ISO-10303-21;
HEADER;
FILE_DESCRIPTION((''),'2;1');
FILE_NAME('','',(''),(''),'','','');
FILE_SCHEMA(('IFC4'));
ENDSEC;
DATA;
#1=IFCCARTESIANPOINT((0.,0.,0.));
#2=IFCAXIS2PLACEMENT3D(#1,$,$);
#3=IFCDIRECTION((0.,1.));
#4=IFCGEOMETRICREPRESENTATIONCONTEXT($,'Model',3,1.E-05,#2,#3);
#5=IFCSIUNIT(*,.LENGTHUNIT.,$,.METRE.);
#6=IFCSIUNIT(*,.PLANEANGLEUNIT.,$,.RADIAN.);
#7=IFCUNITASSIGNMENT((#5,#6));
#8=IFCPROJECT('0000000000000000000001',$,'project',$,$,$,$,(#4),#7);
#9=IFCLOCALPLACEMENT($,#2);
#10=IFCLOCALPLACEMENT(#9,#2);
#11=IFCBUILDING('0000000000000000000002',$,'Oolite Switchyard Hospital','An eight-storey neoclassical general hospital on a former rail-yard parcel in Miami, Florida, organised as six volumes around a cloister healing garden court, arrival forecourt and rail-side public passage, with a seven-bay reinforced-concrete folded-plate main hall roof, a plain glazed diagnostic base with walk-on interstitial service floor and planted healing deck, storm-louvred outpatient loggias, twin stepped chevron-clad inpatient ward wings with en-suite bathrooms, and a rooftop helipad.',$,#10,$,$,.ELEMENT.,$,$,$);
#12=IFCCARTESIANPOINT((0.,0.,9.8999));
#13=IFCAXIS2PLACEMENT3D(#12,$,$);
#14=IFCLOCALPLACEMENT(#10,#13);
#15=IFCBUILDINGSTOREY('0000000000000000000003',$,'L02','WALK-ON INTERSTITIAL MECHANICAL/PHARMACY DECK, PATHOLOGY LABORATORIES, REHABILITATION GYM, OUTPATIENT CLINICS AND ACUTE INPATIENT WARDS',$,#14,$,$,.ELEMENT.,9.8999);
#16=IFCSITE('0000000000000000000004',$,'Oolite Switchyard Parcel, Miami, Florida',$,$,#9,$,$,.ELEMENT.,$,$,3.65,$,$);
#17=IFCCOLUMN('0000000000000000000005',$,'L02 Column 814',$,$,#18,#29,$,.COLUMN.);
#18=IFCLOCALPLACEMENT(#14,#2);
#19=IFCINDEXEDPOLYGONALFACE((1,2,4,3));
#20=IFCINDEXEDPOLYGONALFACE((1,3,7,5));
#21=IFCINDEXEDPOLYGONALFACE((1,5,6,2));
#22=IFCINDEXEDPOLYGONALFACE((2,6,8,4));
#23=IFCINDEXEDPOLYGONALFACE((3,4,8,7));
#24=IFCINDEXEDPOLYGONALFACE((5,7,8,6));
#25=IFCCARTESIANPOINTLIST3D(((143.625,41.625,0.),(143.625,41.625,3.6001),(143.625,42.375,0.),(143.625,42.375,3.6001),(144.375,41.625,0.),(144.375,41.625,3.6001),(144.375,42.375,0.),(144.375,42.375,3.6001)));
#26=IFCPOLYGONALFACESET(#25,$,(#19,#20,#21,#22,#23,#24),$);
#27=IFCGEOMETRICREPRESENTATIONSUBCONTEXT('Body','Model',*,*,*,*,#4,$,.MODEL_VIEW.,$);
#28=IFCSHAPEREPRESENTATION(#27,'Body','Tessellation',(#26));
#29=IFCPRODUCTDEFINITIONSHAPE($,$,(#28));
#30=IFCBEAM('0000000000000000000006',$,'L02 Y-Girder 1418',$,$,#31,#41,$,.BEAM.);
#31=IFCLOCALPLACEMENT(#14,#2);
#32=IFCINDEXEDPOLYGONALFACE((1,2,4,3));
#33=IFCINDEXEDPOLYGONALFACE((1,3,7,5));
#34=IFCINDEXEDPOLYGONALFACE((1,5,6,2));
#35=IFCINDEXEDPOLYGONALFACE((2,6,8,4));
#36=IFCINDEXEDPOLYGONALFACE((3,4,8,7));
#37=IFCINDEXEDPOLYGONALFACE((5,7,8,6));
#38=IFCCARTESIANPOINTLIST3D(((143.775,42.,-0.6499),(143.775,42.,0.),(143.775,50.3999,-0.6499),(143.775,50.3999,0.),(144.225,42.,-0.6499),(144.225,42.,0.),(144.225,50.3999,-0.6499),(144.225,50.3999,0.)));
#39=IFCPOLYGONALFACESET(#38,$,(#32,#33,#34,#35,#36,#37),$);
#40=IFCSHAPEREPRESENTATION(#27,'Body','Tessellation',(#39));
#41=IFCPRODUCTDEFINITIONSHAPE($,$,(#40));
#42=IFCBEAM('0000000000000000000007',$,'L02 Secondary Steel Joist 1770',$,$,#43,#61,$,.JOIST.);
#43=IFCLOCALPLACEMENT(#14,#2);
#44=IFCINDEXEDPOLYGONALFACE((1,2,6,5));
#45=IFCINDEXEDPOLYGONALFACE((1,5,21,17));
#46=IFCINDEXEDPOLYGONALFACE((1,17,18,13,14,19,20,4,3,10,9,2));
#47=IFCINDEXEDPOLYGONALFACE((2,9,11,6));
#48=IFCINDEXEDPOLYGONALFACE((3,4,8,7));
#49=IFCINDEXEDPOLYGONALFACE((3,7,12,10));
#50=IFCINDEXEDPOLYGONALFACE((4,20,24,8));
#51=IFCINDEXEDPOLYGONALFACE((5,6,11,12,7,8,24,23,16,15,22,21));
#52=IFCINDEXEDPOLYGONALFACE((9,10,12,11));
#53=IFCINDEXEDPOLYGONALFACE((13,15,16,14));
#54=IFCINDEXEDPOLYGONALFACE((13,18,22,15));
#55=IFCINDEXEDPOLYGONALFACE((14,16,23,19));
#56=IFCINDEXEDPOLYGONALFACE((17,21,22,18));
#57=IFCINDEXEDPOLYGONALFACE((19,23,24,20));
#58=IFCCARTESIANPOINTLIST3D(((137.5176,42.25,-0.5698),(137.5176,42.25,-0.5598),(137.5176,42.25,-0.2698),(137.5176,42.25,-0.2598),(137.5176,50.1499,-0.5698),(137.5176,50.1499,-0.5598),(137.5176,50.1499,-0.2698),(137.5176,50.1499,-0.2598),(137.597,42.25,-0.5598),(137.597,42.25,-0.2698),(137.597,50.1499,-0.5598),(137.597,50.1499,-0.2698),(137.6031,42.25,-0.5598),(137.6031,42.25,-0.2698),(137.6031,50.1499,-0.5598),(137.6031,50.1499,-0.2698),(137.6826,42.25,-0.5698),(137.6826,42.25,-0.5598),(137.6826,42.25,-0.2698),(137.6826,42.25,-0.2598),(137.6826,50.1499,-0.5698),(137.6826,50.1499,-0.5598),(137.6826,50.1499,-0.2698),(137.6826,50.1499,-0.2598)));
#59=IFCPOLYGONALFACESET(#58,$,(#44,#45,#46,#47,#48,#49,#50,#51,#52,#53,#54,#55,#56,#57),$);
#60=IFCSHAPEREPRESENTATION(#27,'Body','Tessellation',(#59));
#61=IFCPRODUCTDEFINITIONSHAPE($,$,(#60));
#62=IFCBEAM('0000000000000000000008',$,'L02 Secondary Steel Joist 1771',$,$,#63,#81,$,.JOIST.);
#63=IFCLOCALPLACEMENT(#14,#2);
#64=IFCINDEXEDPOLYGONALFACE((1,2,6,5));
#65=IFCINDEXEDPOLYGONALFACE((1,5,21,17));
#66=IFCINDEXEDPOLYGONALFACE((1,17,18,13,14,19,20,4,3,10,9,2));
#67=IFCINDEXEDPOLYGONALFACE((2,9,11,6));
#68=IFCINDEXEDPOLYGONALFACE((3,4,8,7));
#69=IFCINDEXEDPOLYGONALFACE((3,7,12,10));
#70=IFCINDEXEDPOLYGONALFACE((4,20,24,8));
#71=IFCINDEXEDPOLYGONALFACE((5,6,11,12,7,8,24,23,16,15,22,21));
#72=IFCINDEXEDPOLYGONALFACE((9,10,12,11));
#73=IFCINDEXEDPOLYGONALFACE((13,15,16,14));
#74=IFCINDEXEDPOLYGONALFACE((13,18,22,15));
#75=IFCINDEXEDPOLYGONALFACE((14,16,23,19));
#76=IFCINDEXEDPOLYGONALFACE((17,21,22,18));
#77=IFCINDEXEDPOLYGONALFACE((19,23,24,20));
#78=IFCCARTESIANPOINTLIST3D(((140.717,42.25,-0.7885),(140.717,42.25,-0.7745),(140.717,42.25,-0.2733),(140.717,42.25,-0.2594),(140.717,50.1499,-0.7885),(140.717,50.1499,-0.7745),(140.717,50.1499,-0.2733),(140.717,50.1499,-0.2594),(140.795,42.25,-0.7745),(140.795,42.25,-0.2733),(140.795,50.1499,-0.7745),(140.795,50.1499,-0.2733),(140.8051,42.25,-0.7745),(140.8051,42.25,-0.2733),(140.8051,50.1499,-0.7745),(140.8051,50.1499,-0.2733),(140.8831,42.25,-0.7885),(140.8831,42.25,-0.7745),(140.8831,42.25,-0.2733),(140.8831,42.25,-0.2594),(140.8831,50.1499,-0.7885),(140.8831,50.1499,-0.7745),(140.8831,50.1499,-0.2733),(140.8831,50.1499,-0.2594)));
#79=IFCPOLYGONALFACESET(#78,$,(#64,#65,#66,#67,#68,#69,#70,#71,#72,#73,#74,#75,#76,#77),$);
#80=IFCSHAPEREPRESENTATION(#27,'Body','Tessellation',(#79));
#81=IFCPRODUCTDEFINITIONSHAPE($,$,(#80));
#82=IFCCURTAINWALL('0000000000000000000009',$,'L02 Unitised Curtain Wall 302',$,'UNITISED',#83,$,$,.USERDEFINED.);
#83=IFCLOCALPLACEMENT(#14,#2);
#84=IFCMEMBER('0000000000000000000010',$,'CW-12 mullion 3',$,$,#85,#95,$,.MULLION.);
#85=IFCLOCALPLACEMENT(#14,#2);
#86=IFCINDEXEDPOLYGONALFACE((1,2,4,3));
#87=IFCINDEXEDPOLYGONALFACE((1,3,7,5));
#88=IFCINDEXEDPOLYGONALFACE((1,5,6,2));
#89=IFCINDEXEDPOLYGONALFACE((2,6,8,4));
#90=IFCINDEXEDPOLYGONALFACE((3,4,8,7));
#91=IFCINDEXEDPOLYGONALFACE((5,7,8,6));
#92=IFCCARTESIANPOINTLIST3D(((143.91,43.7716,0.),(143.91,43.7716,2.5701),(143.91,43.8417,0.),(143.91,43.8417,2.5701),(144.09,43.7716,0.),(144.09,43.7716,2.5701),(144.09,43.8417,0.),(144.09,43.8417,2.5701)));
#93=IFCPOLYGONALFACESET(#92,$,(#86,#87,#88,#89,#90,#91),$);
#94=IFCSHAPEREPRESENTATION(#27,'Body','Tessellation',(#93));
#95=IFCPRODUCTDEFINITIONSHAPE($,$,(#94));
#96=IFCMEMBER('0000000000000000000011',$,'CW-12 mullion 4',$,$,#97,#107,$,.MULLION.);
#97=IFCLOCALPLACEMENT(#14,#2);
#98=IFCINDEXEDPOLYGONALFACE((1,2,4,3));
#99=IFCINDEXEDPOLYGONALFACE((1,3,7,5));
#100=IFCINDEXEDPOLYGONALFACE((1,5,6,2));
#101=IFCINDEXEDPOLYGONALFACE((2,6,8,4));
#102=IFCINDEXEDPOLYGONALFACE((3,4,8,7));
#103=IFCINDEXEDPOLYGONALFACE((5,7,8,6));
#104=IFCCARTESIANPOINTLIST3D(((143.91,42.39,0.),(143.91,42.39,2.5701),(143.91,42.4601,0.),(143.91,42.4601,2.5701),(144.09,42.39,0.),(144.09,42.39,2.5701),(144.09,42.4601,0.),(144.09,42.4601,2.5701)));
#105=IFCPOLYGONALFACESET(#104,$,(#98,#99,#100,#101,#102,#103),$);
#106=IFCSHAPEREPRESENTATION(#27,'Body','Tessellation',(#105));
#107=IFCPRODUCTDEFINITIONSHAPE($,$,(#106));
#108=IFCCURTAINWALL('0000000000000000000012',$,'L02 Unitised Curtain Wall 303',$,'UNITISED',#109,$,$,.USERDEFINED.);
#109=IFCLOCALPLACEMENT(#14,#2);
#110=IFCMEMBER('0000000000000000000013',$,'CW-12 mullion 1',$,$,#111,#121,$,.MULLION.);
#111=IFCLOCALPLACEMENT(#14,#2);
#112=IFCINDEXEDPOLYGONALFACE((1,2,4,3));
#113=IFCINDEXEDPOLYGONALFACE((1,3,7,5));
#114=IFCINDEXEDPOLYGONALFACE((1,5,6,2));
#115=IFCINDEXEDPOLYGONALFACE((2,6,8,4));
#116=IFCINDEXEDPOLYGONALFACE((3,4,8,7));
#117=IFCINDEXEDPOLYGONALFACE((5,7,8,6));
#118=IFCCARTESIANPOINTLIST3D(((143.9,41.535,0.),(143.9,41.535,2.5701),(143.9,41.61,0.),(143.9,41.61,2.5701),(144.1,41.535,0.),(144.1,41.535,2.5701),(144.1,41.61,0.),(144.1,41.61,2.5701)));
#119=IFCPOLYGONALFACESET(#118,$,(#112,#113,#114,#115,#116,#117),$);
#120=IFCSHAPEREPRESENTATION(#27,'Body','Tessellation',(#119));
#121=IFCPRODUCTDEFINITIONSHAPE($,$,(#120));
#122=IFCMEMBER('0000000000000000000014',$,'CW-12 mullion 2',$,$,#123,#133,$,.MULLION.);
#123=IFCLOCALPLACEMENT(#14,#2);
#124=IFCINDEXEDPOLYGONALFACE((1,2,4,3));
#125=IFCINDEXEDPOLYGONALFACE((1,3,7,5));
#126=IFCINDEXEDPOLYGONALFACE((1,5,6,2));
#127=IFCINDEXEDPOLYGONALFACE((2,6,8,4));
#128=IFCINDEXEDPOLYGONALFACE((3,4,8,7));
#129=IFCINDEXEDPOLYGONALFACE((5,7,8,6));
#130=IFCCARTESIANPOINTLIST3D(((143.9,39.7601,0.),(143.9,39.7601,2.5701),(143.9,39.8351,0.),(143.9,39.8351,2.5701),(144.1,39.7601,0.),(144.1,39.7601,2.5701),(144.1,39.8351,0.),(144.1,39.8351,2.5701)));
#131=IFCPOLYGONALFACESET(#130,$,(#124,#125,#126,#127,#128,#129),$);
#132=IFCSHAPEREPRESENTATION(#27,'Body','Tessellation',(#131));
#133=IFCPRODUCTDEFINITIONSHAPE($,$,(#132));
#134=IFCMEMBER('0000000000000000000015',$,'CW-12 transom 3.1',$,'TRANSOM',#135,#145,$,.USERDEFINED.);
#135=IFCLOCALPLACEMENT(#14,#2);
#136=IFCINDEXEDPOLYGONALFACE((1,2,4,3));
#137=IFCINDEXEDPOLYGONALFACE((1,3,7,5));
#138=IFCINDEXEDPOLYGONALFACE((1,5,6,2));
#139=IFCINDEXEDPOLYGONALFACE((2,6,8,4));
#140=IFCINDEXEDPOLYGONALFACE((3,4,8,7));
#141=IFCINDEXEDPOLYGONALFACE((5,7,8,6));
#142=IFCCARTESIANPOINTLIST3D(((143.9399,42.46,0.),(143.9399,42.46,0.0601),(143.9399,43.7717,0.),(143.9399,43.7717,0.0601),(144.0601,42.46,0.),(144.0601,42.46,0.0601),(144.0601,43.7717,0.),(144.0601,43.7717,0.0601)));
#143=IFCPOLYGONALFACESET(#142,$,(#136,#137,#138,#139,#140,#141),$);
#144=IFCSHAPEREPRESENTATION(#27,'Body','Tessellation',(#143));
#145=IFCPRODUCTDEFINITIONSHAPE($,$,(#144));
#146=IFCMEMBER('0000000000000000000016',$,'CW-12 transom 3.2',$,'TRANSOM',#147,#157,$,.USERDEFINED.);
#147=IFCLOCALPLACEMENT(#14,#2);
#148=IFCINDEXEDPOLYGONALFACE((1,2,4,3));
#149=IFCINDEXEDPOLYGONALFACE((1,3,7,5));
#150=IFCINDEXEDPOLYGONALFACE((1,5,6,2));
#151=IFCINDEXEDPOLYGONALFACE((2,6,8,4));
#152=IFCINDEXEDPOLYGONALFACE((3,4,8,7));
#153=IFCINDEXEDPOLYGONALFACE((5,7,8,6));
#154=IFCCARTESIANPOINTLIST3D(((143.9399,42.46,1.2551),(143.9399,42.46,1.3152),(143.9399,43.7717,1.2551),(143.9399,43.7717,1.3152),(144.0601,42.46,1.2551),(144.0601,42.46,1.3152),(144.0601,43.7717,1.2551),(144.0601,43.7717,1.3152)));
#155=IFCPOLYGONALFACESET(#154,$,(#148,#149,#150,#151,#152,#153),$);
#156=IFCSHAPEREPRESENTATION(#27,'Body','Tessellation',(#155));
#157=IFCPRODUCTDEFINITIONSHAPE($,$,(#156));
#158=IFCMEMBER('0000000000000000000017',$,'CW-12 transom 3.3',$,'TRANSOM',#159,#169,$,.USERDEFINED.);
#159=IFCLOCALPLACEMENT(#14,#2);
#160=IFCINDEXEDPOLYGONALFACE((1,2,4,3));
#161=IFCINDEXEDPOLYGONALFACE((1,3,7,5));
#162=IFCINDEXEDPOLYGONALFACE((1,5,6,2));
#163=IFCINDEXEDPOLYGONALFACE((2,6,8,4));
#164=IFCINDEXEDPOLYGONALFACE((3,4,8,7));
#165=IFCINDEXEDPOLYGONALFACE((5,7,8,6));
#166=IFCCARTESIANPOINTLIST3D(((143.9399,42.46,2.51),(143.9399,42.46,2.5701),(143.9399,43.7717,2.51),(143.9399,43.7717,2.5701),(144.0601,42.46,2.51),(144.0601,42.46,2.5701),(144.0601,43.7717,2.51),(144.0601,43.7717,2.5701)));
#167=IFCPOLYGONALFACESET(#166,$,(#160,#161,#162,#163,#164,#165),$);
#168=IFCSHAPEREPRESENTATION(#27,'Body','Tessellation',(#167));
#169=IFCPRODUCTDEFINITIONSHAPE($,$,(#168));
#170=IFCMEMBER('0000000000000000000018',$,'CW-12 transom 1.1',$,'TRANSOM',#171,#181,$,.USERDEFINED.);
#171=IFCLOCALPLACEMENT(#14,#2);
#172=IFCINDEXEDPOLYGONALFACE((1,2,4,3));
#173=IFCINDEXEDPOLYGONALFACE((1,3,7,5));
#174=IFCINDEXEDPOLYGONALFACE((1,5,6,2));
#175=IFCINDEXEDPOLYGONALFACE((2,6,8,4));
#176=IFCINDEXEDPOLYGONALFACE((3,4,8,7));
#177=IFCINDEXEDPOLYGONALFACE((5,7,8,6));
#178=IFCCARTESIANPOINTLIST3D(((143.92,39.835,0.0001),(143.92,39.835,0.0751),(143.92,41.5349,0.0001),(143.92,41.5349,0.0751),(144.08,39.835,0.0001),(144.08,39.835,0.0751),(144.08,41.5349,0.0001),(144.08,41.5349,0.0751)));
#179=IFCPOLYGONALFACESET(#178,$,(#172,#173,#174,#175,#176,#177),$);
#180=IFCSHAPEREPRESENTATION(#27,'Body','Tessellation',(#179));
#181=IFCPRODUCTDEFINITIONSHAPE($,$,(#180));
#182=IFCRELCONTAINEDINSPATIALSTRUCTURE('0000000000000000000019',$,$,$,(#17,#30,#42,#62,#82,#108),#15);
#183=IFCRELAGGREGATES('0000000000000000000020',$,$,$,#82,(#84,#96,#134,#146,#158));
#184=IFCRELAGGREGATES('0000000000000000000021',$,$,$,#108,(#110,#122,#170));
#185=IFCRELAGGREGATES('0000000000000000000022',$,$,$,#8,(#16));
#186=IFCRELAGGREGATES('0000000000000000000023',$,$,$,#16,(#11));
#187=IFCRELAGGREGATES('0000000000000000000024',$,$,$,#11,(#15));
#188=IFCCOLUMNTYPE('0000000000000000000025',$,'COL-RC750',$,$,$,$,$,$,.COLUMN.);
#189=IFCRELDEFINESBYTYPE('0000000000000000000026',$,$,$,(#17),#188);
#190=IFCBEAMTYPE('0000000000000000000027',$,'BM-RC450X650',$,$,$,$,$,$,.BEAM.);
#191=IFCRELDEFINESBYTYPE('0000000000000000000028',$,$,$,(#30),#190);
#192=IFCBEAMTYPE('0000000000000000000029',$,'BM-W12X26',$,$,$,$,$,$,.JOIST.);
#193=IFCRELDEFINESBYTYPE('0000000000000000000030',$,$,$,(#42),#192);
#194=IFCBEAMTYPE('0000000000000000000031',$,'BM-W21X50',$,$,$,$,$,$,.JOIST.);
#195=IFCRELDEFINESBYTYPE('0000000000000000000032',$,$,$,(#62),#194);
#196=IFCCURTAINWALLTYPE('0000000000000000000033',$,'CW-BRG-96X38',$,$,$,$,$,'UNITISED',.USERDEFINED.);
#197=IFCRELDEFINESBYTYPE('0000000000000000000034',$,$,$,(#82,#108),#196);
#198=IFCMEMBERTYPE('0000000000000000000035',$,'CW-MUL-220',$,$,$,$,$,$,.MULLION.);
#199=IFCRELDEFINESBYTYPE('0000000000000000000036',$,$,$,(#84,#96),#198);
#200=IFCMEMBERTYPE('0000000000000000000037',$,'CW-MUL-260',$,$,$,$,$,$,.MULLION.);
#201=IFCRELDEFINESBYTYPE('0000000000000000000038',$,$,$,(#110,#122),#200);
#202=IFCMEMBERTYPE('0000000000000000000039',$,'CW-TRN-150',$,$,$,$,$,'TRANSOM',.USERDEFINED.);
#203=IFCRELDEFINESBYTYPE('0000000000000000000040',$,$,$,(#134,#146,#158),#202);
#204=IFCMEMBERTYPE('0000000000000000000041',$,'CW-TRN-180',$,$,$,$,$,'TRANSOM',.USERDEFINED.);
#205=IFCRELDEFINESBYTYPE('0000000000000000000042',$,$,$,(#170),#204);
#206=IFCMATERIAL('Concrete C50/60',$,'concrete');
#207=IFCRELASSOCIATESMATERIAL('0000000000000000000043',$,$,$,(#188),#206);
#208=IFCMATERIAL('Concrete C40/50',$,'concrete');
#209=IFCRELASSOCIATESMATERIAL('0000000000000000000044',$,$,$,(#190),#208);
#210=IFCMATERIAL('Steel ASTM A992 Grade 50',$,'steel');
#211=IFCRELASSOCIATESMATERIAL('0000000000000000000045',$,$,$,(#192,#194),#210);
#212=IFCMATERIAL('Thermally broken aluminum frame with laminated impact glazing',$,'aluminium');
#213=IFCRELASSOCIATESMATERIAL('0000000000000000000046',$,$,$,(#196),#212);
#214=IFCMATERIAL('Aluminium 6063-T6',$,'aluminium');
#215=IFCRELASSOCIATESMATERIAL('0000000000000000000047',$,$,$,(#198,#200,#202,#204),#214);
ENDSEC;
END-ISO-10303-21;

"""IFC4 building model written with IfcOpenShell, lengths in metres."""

from ifc_helpers import new_model, si_unit, direction, frame, origin, origin_2d, place, context, subcontext, project, spatial, rectangle, i_section, extrude, material, material_profile, profile_set, type_object, element, aggregate, save


model = new_model("IFC4")

# Units and contexts
model_context = context("Model", 3, precision=1e-05, world=origin(), true_north=direction((0.0, 1.0)))
body_context = subcontext(model_context, "Body", "Model", "MODEL_VIEW")
ifc_project = project(units=[si_unit("LENGTHUNIT", "METRE"), si_unit("PLANEANGLEUNIT", "RADIAN")], contexts=[model_context])

# Site, building, storey
site_placement = place(None, origin())
site = spatial("IfcSite", under=ifc_project, at=site_placement, Name="Oolite Switchyard Parcel, Miami, Florida", CompositionType="ELEMENT", RefElevation=3.65)
building_placement = place(site_placement, origin())
building = spatial("IfcBuilding", under=site, at=building_placement, Name="Oolite Switchyard Hospital", Description="An eight-storey neoclassical general hospital on a former rail-yard parcel in Miami, Florida, organised as six volumes around a cloister healing garden court, arrival forecourt and rail-side public passage, with a seven-bay reinforced-concrete folded-plate main hall roof, a plain glazed diagnostic base with walk-on interstitial service floor and planted healing deck, storm-louvred outpatient loggias, twin stepped chevron-clad inpatient ward wings with en-suite bathrooms, and a rooftop helipad.", CompositionType="ELEMENT")
storey_placement = place(building_placement, frame((0.0, 0.0, 9.8999)))
storey = spatial("IfcBuildingStorey", under=building, at=storey_placement, Name="L02", Description="WALK-ON INTERSTITIAL MECHANICAL/PHARMACY DECK, PATHOLOGY LABORATORIES, REHABILITATION GYM, OUTPATIENT CLINICS AND ACUTE INPATIENT WARDS", CompositionType="ELEMENT", Elevation=9.8999)

# Column
ifc_material_1 = material(Name="Concrete C50/60", Category="concrete")
ifc_material_profile_1 = material_profile(ifc_material_1, rectangle(XDim=0.75, YDim=0.75, at=origin_2d()), Name="RC750X750")
ifc_profile_set_1 = profile_set([ifc_material_profile_1], Name="Concrete C50/60")
column_type = type_object("IfcColumnType", Name="COL-RC750", PredefinedType="COLUMN", material=ifc_profile_set_1)
column_placement = place(storey_placement, frame((144.0, 42.0, 0.0), z_axis=(0.0, 0.0, 1.0), x_axis=(1.0, 0.0, 0.0)))
element("IfcColumn", 1, at=column_placement, inside=storey, type_object=column_type, Name="L02 Column 814", PredefinedType="COLUMN", context=body_context, shape_type="SweptSolid", body=[
    extrude(rectangle(XDim=0.75, YDim=0.75, at=origin_2d()), origin(), (0.0, 0.0, 1.0), 3.6001),
])

# Beams
ifc_material_2 = material(Name="Concrete C40/50", Category="concrete")
ifc_material_profile_2 = material_profile(ifc_material_2, rectangle(XDim=0.45, YDim=0.6499, at=origin_2d()), Name="RCB450X650")
ifc_profile_set_2 = profile_set([ifc_material_profile_2], Name="Concrete C40/50")
beam_type_1 = type_object("IfcBeamType", Name="BM-RC450X650", PredefinedType="BEAM", material=ifc_profile_set_2)
beam_1_placement = place(storey_placement, frame((144.0, 42.0, -0.325), z_axis=(0.0, 1.0, 0.0), x_axis=(-1.0, 0.0, 0.0)))
element("IfcBeam", 2, at=beam_1_placement, inside=storey, type_object=beam_type_1, Name="L02 Y-Girder 1418", PredefinedType="BEAM", context=body_context, shape_type="SweptSolid", body=[
    extrude(rectangle(XDim=0.45, YDim=0.6499, at=origin_2d()), origin(), (0.0, 0.0, 1.0), 8.3999),
])
ifc_material_3 = material(Name="Steel ASTM A992 Grade 50", Category="steel")
ifc_material_profile_3 = material_profile(ifc_material_3, i_section(OverallWidth=0.165, OverallDepth=0.3101, WebThickness=0.0061, FlangeThickness=0.01, at=origin_2d()), Name="W12X26")
ifc_profile_set_3 = profile_set([ifc_material_profile_3], Name="Steel ASTM A992 Grade 50")
beam_type_2 = type_object("IfcBeamType", Name="BM-W12X26", PredefinedType="JOIST", material=ifc_profile_set_3)
beam_2_placement = place(storey_placement, frame((137.6001, 42.25, -0.4148), z_axis=(0.0, 1.0, 0.0), x_axis=(-1.0, 0.0, 0.0)))
element("IfcBeam", 3, at=beam_2_placement, inside=storey, type_object=beam_type_2, Name="L02 Secondary Steel Joist 1770", PredefinedType="JOIST", context=body_context, shape_type="SweptSolid", body=[
    extrude(i_section(OverallWidth=0.165, OverallDepth=0.3101, WebThickness=0.0061, FlangeThickness=0.01, at=origin_2d()), origin(), (0.0, 0.0, 1.0), 7.8999),
])
ifc_material_profile_4 = material_profile(ifc_material_3, i_section(OverallWidth=0.166, OverallDepth=0.5291, WebThickness=0.01, FlangeThickness=0.0139, at=origin_2d()), Name="W21X50")
ifc_profile_set_4 = profile_set([ifc_material_profile_4], Name="Steel ASTM A992 Grade 50")
beam_type_3 = type_object("IfcBeamType", Name="BM-W21X50", PredefinedType="JOIST", material=ifc_profile_set_4)
beam_3_placement = place(storey_placement, frame((140.8, 42.25, -0.5239), z_axis=(0.0, 1.0, 0.0), x_axis=(-1.0, 0.0, 0.0)))
element("IfcBeam", 4, at=beam_3_placement, inside=storey, type_object=beam_type_3, Name="L02 Secondary Steel Joist 1771", PredefinedType="JOIST", context=body_context, shape_type="SweptSolid", body=[
    extrude(i_section(OverallWidth=0.166, OverallDepth=0.5291, WebThickness=0.01, FlangeThickness=0.0139, at=origin_2d()), origin(), (0.0, 0.0, 1.0), 7.8999),
])

# Curtain walls, members
ifc_material_4 = material(Name="Thermally broken aluminum frame with laminated impact glazing", Category="aluminium")
curtain_wall_type = type_object("IfcCurtainWallType", Name="CW-BRG-96X38", ElementType="UNITISED", PredefinedType="USERDEFINED", material=ifc_material_4)
curtain_wall_1_placement = place(storey_placement, origin())
curtain_wall_1 = element("IfcCurtainWall", 5, at=curtain_wall_1_placement, inside=storey, type_object=curtain_wall_type, Name="L02 Unitised Curtain Wall 302", ObjectType="UNITISED", PredefinedType="USERDEFINED")
ifc_material_5 = material(Name="Aluminium 6063-T6", Category="aluminium")
ifc_material_profile_5 = material_profile(ifc_material_5, rectangle(XDim=0.1799, YDim=0.0701, at=origin_2d()), Name="CWM70X180")
ifc_profile_set_5 = profile_set([ifc_material_profile_5], Name="Aluminium 6063-T6")
member_type_1 = type_object("IfcMemberType", Name="CW-MUL-220", PredefinedType="MULLION", material=ifc_profile_set_5)
member_1_placement = place(storey_placement, frame((144.0, 43.8066, 0.0), z_axis=(0.0, 0.0, 1.0), x_axis=(1.0, 0.0, 0.0)))
member_1 = element("IfcMember", 6, at=member_1_placement, type_object=member_type_1, Name="CW-12 mullion 3", PredefinedType="MULLION", context=body_context, shape_type="SweptSolid", body=[
    extrude(rectangle(XDim=0.1799, YDim=0.0701, at=origin_2d()), origin(), (0.0, 0.0, 1.0), 2.5701),
])
member_2_placement = place(storey_placement, frame((144.0, 42.425, 0.0), z_axis=(0.0, 0.0, 1.0), x_axis=(1.0, 0.0, 0.0)))
member_2 = element("IfcMember", 7, at=member_2_placement, type_object=member_type_1, Name="CW-12 mullion 4", PredefinedType="MULLION", context=body_context, shape_type="SweptSolid", body=[
    extrude(rectangle(XDim=0.1799, YDim=0.0701, at=origin_2d()), origin(), (0.0, 0.0, 1.0), 2.5701),
])
curtain_wall_2_placement = place(storey_placement, origin())
curtain_wall_2 = element("IfcCurtainWall", 8, at=curtain_wall_2_placement, inside=storey, type_object=curtain_wall_type, Name="L02 Unitised Curtain Wall 303", ObjectType="UNITISED", PredefinedType="USERDEFINED")
ifc_material_profile_6 = material_profile(ifc_material_5, rectangle(XDim=0.2, YDim=0.075, at=origin_2d()), Name="CWM75X200")
ifc_profile_set_6 = profile_set([ifc_material_profile_6], Name="Aluminium 6063-T6")
member_type_2 = type_object("IfcMemberType", Name="CW-MUL-260", PredefinedType="MULLION", material=ifc_profile_set_6)
member_3_placement = place(storey_placement, frame((144.0, 41.5725, 0.0), z_axis=(0.0, 0.0, 1.0), x_axis=(1.0, 0.0, 0.0)))
member_3 = element("IfcMember", 9, at=member_3_placement, type_object=member_type_2, Name="CW-12 mullion 1", PredefinedType="MULLION", context=body_context, shape_type="SweptSolid", body=[
    extrude(rectangle(XDim=0.2, YDim=0.075, at=origin_2d()), origin(), (0.0, 0.0, 1.0), 2.5701),
])
member_4_placement = place(storey_placement, frame((144.0, 39.7976, 0.0), z_axis=(0.0, 0.0, 1.0), x_axis=(1.0, 0.0, 0.0)))
member_4 = element("IfcMember", 10, at=member_4_placement, type_object=member_type_2, Name="CW-12 mullion 2", PredefinedType="MULLION", context=body_context, shape_type="SweptSolid", body=[
    extrude(rectangle(XDim=0.2, YDim=0.075, at=origin_2d()), origin(), (0.0, 0.0, 1.0), 2.5701),
])

# Members
ifc_material_profile_7 = material_profile(ifc_material_5, rectangle(XDim=0.1201, YDim=0.0601, at=origin_2d()), Name="CWT60X120")
ifc_profile_set_7 = profile_set([ifc_material_profile_7], Name="Aluminium 6063-T6")
member_type_3 = type_object("IfcMemberType", Name="CW-TRN-150", ElementType="TRANSOM", PredefinedType="USERDEFINED", material=ifc_profile_set_7)
member_5_placement = place(storey_placement, frame((144.0, 43.7717, 0.03), z_axis=(0.0, -1.0, 0.0), x_axis=(1.0, 0.0, 0.0)))
member_5 = element("IfcMember", 11, at=member_5_placement, type_object=member_type_3, Name="CW-12 transom 3.1", ObjectType="TRANSOM", PredefinedType="USERDEFINED", context=body_context, shape_type="SweptSolid", body=[
    extrude(rectangle(XDim=0.1201, YDim=0.0601, at=origin_2d()), origin(), (0.0, 0.0, 1.0), 1.3118),
])
member_6_placement = place(storey_placement, frame((144.0, 43.7717, 1.2852), z_axis=(0.0, -1.0, 0.0), x_axis=(1.0, 0.0, 0.0)))
member_6 = element("IfcMember", 12, at=member_6_placement, type_object=member_type_3, Name="CW-12 transom 3.2", ObjectType="TRANSOM", PredefinedType="USERDEFINED", context=body_context, shape_type="SweptSolid", body=[
    extrude(rectangle(XDim=0.1201, YDim=0.0601, at=origin_2d()), origin(), (0.0, 0.0, 1.0), 1.3118),
])
member_7_placement = place(storey_placement, frame((144.0, 43.7717, 2.54), z_axis=(0.0, -1.0, 0.0), x_axis=(1.0, 0.0, 0.0)))
member_7 = element("IfcMember", 13, at=member_7_placement, type_object=member_type_3, Name="CW-12 transom 3.3", ObjectType="TRANSOM", PredefinedType="USERDEFINED", context=body_context, shape_type="SweptSolid", body=[
    extrude(rectangle(XDim=0.1201, YDim=0.0601, at=origin_2d()), origin(), (0.0, 0.0, 1.0), 1.3118),
])
ifc_material_profile_8 = material_profile(ifc_material_5, rectangle(XDim=0.1599, YDim=0.075, at=origin_2d()), Name="CWT75X160")
ifc_profile_set_8 = profile_set([ifc_material_profile_8], Name="Aluminium 6063-T6")
member_type_4 = type_object("IfcMemberType", Name="CW-TRN-180", ElementType="TRANSOM", PredefinedType="USERDEFINED", material=ifc_profile_set_8)
member_8_placement = place(storey_placement, frame((144.0, 41.5349, 0.0376), z_axis=(0.0, -1.0, 0.0), x_axis=(1.0, 0.0, 0.0)))
member_8 = element("IfcMember", 14, at=member_8_placement, type_object=member_type_4, Name="CW-12 transom 1.1", ObjectType="TRANSOM", PredefinedType="USERDEFINED", context=body_context, shape_type="SweptSolid", body=[
    extrude(rectangle(XDim=0.1599, YDim=0.075, at=origin_2d()), origin(), (0.0, 0.0, 1.0), 1.7),
])

aggregate(curtain_wall_1, [member_1, member_2, member_5, member_6, member_7])
aggregate(curtain_wall_2, [member_3, member_4, member_8])

save(model, "model.ifc")
